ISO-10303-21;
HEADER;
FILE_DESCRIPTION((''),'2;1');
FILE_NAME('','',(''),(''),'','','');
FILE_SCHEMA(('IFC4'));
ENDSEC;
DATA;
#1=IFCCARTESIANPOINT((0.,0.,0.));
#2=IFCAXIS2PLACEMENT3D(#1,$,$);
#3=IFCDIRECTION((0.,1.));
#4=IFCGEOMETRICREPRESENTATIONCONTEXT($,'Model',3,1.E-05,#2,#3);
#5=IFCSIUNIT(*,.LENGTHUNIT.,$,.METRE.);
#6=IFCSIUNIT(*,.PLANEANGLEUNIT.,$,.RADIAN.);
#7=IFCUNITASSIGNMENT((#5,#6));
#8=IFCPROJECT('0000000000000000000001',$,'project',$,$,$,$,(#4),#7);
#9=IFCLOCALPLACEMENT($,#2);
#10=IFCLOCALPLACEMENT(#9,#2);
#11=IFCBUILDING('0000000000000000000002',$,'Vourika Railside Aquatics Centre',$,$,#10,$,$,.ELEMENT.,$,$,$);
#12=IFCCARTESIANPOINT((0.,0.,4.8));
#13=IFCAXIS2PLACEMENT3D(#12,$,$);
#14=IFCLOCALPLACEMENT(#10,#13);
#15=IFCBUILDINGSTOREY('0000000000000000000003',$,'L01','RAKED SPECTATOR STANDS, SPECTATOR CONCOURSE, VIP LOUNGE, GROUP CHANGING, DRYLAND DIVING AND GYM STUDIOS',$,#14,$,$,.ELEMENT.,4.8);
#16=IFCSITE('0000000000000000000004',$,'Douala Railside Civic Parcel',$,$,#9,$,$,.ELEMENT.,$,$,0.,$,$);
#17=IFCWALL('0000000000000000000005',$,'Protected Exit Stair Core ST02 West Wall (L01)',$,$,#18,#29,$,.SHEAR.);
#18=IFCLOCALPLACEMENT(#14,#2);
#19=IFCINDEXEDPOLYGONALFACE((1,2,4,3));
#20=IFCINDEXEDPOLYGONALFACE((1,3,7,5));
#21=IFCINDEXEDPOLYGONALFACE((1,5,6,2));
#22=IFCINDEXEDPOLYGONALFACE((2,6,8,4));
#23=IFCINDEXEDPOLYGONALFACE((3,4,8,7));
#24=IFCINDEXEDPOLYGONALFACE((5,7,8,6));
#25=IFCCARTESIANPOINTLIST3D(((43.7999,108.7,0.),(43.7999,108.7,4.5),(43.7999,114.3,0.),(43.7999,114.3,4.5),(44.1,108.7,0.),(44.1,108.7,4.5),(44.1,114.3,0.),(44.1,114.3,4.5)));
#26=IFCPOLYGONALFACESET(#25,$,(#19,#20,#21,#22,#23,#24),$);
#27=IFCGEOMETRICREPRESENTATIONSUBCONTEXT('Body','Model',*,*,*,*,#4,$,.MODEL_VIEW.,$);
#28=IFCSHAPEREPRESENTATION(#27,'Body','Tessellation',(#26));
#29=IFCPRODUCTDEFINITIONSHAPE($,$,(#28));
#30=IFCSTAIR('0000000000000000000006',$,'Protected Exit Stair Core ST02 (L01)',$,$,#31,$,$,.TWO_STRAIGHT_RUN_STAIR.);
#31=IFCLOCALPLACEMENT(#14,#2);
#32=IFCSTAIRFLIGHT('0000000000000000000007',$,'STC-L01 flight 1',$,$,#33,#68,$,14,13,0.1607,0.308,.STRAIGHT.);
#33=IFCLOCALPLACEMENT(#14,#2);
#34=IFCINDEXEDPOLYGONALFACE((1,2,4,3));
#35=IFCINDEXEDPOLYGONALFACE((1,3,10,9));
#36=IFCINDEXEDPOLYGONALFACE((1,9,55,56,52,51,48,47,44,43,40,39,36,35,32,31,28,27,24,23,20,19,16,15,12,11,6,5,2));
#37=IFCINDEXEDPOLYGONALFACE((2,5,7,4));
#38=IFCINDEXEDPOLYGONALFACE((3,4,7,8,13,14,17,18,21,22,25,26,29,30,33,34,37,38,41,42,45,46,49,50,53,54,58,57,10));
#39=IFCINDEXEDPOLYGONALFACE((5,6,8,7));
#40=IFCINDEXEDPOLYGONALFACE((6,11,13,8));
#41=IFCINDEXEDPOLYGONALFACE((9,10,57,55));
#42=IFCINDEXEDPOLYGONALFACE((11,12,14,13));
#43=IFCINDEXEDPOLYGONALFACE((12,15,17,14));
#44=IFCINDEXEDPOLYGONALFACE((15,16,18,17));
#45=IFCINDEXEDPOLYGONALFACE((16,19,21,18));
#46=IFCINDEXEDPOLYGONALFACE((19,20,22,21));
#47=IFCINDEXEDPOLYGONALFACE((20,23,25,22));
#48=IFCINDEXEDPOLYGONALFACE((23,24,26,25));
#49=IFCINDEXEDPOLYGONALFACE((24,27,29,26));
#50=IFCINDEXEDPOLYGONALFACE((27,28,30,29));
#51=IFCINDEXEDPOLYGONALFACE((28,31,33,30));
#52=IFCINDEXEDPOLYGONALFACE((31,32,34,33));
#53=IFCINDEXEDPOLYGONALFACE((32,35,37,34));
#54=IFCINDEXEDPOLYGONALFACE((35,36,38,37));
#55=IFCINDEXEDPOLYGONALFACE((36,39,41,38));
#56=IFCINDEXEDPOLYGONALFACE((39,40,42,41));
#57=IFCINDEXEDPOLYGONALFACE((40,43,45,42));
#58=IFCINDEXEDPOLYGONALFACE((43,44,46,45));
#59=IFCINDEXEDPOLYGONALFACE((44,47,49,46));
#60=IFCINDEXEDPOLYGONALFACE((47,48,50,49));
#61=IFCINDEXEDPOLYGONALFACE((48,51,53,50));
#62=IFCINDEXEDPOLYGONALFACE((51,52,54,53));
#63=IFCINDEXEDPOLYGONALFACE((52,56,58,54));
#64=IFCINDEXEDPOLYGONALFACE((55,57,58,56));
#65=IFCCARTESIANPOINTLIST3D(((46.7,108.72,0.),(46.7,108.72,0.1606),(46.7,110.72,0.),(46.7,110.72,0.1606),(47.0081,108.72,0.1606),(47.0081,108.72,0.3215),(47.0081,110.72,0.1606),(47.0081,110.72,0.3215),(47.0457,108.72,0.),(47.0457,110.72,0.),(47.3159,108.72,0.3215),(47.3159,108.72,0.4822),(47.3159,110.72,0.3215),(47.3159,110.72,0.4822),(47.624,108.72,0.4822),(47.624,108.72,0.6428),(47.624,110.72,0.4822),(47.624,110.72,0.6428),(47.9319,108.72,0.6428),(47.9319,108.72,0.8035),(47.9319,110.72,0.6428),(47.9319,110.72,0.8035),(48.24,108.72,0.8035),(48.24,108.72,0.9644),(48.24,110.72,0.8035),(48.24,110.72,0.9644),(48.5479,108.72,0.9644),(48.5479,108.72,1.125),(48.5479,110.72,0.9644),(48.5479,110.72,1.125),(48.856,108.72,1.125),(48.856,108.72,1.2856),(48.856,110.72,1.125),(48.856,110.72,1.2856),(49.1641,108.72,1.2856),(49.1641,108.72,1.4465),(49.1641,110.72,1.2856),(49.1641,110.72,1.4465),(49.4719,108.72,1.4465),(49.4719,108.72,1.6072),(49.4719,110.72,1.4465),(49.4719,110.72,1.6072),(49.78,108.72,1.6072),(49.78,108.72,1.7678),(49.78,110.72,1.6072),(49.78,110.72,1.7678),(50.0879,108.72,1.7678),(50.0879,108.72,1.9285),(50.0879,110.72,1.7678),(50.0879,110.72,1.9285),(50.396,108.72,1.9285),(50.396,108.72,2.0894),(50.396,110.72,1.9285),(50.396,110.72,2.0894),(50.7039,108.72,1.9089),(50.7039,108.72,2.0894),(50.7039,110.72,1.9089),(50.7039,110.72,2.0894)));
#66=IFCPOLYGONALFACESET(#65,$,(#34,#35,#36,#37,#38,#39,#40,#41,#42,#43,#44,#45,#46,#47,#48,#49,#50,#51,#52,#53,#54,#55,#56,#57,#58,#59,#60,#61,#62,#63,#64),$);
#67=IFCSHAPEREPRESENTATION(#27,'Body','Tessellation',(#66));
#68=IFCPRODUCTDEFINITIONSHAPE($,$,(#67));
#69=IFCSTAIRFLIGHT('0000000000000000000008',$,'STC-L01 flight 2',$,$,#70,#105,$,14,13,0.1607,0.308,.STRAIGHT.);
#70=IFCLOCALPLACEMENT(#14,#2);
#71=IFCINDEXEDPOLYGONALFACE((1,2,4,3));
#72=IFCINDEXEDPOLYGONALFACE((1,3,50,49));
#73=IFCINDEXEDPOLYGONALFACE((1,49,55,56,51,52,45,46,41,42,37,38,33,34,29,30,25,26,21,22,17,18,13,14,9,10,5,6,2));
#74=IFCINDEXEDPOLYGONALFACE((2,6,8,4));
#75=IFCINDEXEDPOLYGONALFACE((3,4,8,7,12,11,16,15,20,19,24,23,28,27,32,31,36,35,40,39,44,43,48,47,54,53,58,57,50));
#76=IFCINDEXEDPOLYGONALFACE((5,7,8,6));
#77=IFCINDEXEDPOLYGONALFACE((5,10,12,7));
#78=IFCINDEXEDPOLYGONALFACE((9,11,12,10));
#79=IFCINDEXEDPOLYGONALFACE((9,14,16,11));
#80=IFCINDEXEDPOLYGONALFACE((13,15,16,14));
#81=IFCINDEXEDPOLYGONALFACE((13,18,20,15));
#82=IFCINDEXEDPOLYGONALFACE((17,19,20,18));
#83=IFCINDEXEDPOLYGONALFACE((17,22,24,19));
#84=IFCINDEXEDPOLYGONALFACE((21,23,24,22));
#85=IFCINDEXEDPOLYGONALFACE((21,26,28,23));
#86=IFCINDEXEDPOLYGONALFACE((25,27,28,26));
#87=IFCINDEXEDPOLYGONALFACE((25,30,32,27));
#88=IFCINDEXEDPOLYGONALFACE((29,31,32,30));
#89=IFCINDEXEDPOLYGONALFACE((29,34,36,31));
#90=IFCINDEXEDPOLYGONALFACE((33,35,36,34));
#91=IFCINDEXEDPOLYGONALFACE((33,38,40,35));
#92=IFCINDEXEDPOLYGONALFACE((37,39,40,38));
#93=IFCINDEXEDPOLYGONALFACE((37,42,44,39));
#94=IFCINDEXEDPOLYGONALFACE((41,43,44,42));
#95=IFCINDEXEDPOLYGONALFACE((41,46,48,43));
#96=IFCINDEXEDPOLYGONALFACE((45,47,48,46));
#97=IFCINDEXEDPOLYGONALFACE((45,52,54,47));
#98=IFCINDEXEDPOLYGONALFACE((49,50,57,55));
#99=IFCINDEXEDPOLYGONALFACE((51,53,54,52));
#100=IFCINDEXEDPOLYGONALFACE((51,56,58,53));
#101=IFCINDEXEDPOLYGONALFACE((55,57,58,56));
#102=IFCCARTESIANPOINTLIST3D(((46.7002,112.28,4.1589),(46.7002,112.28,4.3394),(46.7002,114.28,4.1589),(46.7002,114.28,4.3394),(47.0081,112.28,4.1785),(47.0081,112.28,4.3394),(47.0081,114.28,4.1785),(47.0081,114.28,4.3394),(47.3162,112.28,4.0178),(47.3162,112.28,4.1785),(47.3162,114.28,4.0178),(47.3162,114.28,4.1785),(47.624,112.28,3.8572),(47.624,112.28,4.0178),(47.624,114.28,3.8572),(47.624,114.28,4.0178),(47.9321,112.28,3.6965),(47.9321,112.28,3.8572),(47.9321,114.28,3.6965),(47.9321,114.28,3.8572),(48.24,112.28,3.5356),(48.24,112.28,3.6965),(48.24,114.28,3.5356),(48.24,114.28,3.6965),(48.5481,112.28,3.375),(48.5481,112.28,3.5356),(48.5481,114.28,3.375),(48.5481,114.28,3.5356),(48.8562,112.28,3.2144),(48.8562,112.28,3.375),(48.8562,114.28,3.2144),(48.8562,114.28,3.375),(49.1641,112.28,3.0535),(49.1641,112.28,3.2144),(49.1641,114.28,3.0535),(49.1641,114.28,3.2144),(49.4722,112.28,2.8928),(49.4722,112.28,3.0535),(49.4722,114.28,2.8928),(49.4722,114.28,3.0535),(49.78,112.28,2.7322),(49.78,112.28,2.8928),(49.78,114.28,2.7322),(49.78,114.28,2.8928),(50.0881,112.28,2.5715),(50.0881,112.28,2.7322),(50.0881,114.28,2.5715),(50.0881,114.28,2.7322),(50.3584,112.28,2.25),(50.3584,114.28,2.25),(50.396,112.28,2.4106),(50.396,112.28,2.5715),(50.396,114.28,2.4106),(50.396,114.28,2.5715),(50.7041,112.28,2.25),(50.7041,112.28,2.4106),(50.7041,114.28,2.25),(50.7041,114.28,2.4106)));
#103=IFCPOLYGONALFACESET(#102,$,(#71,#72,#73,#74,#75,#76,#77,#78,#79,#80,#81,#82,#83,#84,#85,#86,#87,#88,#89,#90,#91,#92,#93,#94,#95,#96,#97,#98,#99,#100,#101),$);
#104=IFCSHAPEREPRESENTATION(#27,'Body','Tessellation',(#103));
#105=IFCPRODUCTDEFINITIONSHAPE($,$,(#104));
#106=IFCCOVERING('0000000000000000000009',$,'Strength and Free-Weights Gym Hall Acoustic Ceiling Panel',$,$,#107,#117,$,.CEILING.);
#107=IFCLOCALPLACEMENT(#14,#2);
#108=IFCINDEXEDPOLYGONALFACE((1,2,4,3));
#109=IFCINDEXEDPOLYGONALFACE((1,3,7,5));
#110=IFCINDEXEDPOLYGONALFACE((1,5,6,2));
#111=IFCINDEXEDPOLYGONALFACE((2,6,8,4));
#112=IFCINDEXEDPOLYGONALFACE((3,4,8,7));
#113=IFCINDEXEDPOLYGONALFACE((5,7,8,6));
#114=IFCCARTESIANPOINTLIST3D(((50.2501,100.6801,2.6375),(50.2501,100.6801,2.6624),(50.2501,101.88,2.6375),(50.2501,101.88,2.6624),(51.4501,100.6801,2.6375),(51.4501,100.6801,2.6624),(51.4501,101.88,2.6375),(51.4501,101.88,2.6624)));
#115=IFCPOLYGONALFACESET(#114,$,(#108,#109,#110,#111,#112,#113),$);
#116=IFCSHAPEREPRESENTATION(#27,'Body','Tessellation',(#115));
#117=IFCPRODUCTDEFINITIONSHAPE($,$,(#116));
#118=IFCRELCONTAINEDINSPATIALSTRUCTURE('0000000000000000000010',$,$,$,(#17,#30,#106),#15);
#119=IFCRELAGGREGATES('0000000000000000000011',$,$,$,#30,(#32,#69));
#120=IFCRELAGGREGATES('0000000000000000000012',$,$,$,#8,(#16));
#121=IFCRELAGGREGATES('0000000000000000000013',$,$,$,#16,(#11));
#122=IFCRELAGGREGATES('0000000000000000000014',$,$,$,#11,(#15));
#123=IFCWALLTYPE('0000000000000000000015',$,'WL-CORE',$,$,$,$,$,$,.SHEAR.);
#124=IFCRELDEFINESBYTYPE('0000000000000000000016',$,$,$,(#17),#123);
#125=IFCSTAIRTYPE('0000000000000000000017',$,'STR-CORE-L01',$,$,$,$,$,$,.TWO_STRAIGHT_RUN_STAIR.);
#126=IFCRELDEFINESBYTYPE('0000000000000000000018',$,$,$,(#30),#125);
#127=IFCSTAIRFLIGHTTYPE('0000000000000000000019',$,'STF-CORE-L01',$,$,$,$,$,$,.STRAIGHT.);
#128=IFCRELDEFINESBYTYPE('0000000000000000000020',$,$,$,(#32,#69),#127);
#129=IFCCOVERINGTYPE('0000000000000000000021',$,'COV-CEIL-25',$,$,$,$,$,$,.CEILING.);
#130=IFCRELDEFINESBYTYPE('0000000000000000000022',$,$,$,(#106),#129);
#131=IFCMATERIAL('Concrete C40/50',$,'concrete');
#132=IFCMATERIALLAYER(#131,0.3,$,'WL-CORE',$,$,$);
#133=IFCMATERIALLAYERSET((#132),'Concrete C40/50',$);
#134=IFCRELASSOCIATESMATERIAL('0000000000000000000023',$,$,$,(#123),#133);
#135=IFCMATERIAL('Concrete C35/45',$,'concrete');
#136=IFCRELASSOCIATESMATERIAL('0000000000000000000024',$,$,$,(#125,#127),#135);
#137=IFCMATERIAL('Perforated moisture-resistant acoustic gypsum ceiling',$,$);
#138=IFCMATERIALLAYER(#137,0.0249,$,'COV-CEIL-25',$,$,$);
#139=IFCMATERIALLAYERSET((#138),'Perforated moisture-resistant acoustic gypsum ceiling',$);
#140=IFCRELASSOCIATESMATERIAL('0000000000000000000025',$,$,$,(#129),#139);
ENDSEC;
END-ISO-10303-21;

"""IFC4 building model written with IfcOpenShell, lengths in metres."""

from ifc_helpers import new_model, si_unit, direction, frame, frame_2d, origin, origin_2d, place, context, subcontext, project, spatial, polyline, rectangle, outline, extrude, material, layer, layer_set, type_object, element, aggregate, save


model = new_model("IFC4")

# Units and contexts
model_context = context("Model", 3, precision=1e-05, world=origin(), true_north=direction((0.0, 1.0)))
body_context = subcontext(model_context, "Body", "Model", "MODEL_VIEW")
ifc_project = project(units=[si_unit("LENGTHUNIT", "METRE"), si_unit("PLANEANGLEUNIT", "RADIAN")], contexts=[model_context])

# Site, building, storey
site_placement = place(None, origin())
site = spatial("IfcSite", under=ifc_project, at=site_placement, Name="Douala Railside Civic Parcel", CompositionType="ELEMENT", RefElevation=0.0)
building_placement = place(site_placement, origin())
building = spatial("IfcBuilding", under=site, at=building_placement, Name="Vourika Railside Aquatics Centre", CompositionType="ELEMENT")
storey_placement = place(building_placement, frame((0.0, 0.0, 4.8)))
storey = spatial("IfcBuildingStorey", under=building, at=storey_placement, Name="L01", Description="RAKED SPECTATOR STANDS, SPECTATOR CONCOURSE, VIP LOUNGE, GROUP CHANGING, DRYLAND DIVING AND GYM STUDIOS", CompositionType="ELEMENT", Elevation=4.8)

# Shared definitions
ifc_material_1 = material(Name="Concrete C40/50", Category="concrete")

# Shared definitions
ifc_material_2 = material(Name="Concrete C35/45", Category="concrete")

# Shared definitions
ifc_layer_1 = layer(ifc_material_1, 0.3, Name="WL-CORE")
ifc_layer_set_1 = layer_set([ifc_layer_1], Name="Concrete C40/50")
wall_type = type_object("IfcWallType", Name="WL-CORE", PredefinedType="SHEAR", material=ifc_layer_set_1)

# Wall
wall_1_placement = place(storey_placement, frame((43.95, 114.3, 0.0), z_axis=(0.0, 0.0, 1.0), x_axis=(0.0, -1.0, 0.0)))
element("IfcWall", 1, at=wall_1_placement, inside=storey, type_object=wall_type, Name="Protected Exit Stair Core ST02 West Wall (L01)", PredefinedType="SHEAR", context=body_context, shape_type="SweptSolid", body=[
    extrude(rectangle(XDim=5.6001, YDim=0.3, at=frame_2d((2.8, 0.0))), origin(), (0.0, 0.0, 1.0), 4.5),
])

# Stair, stair flights
stair_type = type_object("IfcStairType", Name="STR-CORE-L01", PredefinedType="TWO_STRAIGHT_RUN_STAIR", material=ifc_material_2)
stair_placement = place(storey_placement, origin())
stair = element("IfcStair", 2, at=stair_placement, inside=storey, type_object=stair_type, Name="Protected Exit Stair Core ST02 (L01)", PredefinedType="TWO_STRAIGHT_RUN_STAIR")
stair_flight_type = type_object("IfcStairFlightType", Name="STF-CORE-L01", PredefinedType="STRAIGHT", material=ifc_material_2)
stair_flight_1_placement = place(storey_placement, frame((46.7, 109.72, 0.0), z_axis=(0.0, 0.0, 1.0), x_axis=(1.0, 0.0, 0.0)))
stair_flight_1 = element("IfcStairFlight", 3, at=stair_flight_1_placement, type_object=stair_flight_type, Name="STC-L01 flight 1", NumberOfRisers=14, NumberOfTreads=13, PredefinedType="STRAIGHT", RiserHeight=0.1607, TreadLength=0.308, context=body_context, shape_type="SweptSolid", body=[
    extrude(outline(polyline([(0.0, 0.0), (0.0, 0.1606), (0.3081, 0.1606), (0.3081, 0.3215), (0.616, 0.3215), (0.616, 0.4822), (0.9241, 0.4822), (0.9241, 0.6428), (1.2319, 0.6428), (1.2319, 0.8035), (1.54, 0.8035), (1.54, 0.9644), (1.8479, 0.9644), (1.8479, 1.125), (2.156, 1.125), (2.156, 1.2856), (2.4641, 1.2856), (2.4641, 1.4465), (2.772, 1.4465), (2.772, 1.6072), (3.0801, 1.6072), (3.0801, 1.7678), (3.3879, 1.7678), (3.3879, 1.9285), (3.696, 1.9285), (3.696, 2.0894), (4.0039, 2.0894), (4.0039, 2.25), (4.0039, 1.9089), (0.3457, 0.0), (0.0, 0.0)])), frame((0.0, 1.0, 0.0), z_axis=(0.0, -1.0, 0.0), x_axis=(1.0, 0.0, 0.0)), (0.0, 0.0, 1.0), 2.0),
])
stair_flight_2_placement = place(storey_placement, frame((50.7041, 113.28, 2.25), z_axis=(0.0, 0.0, 1.0), x_axis=(-1.0, 0.0, 0.0)))
stair_flight_2 = element("IfcStairFlight", 4, at=stair_flight_2_placement, type_object=stair_flight_type, Name="STC-L01 flight 2", NumberOfRisers=14, NumberOfTreads=13, PredefinedType="STRAIGHT", RiserHeight=0.1607, TreadLength=0.308, context=body_context, shape_type="SweptSolid", body=[
    extrude(outline(polyline([(0.0, 0.0), (0.0, 0.1606), (0.3081, 0.1606), (0.3081, 0.3215), (0.616, 0.3215), (0.616, 0.4822), (0.9241, 0.4822), (0.9241, 0.6428), (1.2319, 0.6428), (1.2319, 0.8035), (1.54, 0.8035), (1.54, 0.9644), (1.8479, 0.9644), (1.8479, 1.125), (2.156, 1.125), (2.156, 1.2856), (2.4641, 1.2856), (2.4641, 1.4465), (2.772, 1.4465), (2.772, 1.6072), (3.0801, 1.6072), (3.0801, 1.7678), (3.3879, 1.7678), (3.3879, 1.9285), (3.696, 1.9285), (3.696, 2.0894), (4.0039, 2.0894), (4.0039, 2.25), (4.0039, 1.9089), (0.3457, 0.0), (0.0, 0.0)])), frame((0.0, 1.0, 0.0), z_axis=(0.0, -1.0, 0.0), x_axis=(1.0, 0.0, 0.0)), (0.0, 0.0, 1.0), 2.0),
])
aggregate(stair, [stair_flight_1, stair_flight_2])

# Covering
ifc_material_3 = material(Name="Perforated moisture-resistant acoustic gypsum ceiling")
ifc_layer_2 = layer(ifc_material_3, 0.0249, Name="COV-CEIL-25")
ifc_layer_set_2 = layer_set([ifc_layer_2], Name="Perforated moisture-resistant acoustic gypsum ceiling")
covering_type = type_object("IfcCoveringType", Name="COV-CEIL-25", PredefinedType="CEILING", material=ifc_layer_set_2)
covering_placement = place(storey_placement, frame((50.8501, 101.28, 2.6375), z_axis=(0.0, 0.0, 1.0), x_axis=(1.0, 0.0, 0.0)))
element("IfcCovering", 5, at=covering_placement, inside=storey, type_object=covering_type, Name="Strength and Free-Weights Gym Hall Acoustic Ceiling Panel", PredefinedType="CEILING", context=body_context, shape_type="SweptSolid", body=[
    extrude(rectangle(XDim=1.2, YDim=1.2, at=origin_2d()), origin(), (0.0, 0.0, 1.0), 0.0249),
])

save(model, "model.ifc")
